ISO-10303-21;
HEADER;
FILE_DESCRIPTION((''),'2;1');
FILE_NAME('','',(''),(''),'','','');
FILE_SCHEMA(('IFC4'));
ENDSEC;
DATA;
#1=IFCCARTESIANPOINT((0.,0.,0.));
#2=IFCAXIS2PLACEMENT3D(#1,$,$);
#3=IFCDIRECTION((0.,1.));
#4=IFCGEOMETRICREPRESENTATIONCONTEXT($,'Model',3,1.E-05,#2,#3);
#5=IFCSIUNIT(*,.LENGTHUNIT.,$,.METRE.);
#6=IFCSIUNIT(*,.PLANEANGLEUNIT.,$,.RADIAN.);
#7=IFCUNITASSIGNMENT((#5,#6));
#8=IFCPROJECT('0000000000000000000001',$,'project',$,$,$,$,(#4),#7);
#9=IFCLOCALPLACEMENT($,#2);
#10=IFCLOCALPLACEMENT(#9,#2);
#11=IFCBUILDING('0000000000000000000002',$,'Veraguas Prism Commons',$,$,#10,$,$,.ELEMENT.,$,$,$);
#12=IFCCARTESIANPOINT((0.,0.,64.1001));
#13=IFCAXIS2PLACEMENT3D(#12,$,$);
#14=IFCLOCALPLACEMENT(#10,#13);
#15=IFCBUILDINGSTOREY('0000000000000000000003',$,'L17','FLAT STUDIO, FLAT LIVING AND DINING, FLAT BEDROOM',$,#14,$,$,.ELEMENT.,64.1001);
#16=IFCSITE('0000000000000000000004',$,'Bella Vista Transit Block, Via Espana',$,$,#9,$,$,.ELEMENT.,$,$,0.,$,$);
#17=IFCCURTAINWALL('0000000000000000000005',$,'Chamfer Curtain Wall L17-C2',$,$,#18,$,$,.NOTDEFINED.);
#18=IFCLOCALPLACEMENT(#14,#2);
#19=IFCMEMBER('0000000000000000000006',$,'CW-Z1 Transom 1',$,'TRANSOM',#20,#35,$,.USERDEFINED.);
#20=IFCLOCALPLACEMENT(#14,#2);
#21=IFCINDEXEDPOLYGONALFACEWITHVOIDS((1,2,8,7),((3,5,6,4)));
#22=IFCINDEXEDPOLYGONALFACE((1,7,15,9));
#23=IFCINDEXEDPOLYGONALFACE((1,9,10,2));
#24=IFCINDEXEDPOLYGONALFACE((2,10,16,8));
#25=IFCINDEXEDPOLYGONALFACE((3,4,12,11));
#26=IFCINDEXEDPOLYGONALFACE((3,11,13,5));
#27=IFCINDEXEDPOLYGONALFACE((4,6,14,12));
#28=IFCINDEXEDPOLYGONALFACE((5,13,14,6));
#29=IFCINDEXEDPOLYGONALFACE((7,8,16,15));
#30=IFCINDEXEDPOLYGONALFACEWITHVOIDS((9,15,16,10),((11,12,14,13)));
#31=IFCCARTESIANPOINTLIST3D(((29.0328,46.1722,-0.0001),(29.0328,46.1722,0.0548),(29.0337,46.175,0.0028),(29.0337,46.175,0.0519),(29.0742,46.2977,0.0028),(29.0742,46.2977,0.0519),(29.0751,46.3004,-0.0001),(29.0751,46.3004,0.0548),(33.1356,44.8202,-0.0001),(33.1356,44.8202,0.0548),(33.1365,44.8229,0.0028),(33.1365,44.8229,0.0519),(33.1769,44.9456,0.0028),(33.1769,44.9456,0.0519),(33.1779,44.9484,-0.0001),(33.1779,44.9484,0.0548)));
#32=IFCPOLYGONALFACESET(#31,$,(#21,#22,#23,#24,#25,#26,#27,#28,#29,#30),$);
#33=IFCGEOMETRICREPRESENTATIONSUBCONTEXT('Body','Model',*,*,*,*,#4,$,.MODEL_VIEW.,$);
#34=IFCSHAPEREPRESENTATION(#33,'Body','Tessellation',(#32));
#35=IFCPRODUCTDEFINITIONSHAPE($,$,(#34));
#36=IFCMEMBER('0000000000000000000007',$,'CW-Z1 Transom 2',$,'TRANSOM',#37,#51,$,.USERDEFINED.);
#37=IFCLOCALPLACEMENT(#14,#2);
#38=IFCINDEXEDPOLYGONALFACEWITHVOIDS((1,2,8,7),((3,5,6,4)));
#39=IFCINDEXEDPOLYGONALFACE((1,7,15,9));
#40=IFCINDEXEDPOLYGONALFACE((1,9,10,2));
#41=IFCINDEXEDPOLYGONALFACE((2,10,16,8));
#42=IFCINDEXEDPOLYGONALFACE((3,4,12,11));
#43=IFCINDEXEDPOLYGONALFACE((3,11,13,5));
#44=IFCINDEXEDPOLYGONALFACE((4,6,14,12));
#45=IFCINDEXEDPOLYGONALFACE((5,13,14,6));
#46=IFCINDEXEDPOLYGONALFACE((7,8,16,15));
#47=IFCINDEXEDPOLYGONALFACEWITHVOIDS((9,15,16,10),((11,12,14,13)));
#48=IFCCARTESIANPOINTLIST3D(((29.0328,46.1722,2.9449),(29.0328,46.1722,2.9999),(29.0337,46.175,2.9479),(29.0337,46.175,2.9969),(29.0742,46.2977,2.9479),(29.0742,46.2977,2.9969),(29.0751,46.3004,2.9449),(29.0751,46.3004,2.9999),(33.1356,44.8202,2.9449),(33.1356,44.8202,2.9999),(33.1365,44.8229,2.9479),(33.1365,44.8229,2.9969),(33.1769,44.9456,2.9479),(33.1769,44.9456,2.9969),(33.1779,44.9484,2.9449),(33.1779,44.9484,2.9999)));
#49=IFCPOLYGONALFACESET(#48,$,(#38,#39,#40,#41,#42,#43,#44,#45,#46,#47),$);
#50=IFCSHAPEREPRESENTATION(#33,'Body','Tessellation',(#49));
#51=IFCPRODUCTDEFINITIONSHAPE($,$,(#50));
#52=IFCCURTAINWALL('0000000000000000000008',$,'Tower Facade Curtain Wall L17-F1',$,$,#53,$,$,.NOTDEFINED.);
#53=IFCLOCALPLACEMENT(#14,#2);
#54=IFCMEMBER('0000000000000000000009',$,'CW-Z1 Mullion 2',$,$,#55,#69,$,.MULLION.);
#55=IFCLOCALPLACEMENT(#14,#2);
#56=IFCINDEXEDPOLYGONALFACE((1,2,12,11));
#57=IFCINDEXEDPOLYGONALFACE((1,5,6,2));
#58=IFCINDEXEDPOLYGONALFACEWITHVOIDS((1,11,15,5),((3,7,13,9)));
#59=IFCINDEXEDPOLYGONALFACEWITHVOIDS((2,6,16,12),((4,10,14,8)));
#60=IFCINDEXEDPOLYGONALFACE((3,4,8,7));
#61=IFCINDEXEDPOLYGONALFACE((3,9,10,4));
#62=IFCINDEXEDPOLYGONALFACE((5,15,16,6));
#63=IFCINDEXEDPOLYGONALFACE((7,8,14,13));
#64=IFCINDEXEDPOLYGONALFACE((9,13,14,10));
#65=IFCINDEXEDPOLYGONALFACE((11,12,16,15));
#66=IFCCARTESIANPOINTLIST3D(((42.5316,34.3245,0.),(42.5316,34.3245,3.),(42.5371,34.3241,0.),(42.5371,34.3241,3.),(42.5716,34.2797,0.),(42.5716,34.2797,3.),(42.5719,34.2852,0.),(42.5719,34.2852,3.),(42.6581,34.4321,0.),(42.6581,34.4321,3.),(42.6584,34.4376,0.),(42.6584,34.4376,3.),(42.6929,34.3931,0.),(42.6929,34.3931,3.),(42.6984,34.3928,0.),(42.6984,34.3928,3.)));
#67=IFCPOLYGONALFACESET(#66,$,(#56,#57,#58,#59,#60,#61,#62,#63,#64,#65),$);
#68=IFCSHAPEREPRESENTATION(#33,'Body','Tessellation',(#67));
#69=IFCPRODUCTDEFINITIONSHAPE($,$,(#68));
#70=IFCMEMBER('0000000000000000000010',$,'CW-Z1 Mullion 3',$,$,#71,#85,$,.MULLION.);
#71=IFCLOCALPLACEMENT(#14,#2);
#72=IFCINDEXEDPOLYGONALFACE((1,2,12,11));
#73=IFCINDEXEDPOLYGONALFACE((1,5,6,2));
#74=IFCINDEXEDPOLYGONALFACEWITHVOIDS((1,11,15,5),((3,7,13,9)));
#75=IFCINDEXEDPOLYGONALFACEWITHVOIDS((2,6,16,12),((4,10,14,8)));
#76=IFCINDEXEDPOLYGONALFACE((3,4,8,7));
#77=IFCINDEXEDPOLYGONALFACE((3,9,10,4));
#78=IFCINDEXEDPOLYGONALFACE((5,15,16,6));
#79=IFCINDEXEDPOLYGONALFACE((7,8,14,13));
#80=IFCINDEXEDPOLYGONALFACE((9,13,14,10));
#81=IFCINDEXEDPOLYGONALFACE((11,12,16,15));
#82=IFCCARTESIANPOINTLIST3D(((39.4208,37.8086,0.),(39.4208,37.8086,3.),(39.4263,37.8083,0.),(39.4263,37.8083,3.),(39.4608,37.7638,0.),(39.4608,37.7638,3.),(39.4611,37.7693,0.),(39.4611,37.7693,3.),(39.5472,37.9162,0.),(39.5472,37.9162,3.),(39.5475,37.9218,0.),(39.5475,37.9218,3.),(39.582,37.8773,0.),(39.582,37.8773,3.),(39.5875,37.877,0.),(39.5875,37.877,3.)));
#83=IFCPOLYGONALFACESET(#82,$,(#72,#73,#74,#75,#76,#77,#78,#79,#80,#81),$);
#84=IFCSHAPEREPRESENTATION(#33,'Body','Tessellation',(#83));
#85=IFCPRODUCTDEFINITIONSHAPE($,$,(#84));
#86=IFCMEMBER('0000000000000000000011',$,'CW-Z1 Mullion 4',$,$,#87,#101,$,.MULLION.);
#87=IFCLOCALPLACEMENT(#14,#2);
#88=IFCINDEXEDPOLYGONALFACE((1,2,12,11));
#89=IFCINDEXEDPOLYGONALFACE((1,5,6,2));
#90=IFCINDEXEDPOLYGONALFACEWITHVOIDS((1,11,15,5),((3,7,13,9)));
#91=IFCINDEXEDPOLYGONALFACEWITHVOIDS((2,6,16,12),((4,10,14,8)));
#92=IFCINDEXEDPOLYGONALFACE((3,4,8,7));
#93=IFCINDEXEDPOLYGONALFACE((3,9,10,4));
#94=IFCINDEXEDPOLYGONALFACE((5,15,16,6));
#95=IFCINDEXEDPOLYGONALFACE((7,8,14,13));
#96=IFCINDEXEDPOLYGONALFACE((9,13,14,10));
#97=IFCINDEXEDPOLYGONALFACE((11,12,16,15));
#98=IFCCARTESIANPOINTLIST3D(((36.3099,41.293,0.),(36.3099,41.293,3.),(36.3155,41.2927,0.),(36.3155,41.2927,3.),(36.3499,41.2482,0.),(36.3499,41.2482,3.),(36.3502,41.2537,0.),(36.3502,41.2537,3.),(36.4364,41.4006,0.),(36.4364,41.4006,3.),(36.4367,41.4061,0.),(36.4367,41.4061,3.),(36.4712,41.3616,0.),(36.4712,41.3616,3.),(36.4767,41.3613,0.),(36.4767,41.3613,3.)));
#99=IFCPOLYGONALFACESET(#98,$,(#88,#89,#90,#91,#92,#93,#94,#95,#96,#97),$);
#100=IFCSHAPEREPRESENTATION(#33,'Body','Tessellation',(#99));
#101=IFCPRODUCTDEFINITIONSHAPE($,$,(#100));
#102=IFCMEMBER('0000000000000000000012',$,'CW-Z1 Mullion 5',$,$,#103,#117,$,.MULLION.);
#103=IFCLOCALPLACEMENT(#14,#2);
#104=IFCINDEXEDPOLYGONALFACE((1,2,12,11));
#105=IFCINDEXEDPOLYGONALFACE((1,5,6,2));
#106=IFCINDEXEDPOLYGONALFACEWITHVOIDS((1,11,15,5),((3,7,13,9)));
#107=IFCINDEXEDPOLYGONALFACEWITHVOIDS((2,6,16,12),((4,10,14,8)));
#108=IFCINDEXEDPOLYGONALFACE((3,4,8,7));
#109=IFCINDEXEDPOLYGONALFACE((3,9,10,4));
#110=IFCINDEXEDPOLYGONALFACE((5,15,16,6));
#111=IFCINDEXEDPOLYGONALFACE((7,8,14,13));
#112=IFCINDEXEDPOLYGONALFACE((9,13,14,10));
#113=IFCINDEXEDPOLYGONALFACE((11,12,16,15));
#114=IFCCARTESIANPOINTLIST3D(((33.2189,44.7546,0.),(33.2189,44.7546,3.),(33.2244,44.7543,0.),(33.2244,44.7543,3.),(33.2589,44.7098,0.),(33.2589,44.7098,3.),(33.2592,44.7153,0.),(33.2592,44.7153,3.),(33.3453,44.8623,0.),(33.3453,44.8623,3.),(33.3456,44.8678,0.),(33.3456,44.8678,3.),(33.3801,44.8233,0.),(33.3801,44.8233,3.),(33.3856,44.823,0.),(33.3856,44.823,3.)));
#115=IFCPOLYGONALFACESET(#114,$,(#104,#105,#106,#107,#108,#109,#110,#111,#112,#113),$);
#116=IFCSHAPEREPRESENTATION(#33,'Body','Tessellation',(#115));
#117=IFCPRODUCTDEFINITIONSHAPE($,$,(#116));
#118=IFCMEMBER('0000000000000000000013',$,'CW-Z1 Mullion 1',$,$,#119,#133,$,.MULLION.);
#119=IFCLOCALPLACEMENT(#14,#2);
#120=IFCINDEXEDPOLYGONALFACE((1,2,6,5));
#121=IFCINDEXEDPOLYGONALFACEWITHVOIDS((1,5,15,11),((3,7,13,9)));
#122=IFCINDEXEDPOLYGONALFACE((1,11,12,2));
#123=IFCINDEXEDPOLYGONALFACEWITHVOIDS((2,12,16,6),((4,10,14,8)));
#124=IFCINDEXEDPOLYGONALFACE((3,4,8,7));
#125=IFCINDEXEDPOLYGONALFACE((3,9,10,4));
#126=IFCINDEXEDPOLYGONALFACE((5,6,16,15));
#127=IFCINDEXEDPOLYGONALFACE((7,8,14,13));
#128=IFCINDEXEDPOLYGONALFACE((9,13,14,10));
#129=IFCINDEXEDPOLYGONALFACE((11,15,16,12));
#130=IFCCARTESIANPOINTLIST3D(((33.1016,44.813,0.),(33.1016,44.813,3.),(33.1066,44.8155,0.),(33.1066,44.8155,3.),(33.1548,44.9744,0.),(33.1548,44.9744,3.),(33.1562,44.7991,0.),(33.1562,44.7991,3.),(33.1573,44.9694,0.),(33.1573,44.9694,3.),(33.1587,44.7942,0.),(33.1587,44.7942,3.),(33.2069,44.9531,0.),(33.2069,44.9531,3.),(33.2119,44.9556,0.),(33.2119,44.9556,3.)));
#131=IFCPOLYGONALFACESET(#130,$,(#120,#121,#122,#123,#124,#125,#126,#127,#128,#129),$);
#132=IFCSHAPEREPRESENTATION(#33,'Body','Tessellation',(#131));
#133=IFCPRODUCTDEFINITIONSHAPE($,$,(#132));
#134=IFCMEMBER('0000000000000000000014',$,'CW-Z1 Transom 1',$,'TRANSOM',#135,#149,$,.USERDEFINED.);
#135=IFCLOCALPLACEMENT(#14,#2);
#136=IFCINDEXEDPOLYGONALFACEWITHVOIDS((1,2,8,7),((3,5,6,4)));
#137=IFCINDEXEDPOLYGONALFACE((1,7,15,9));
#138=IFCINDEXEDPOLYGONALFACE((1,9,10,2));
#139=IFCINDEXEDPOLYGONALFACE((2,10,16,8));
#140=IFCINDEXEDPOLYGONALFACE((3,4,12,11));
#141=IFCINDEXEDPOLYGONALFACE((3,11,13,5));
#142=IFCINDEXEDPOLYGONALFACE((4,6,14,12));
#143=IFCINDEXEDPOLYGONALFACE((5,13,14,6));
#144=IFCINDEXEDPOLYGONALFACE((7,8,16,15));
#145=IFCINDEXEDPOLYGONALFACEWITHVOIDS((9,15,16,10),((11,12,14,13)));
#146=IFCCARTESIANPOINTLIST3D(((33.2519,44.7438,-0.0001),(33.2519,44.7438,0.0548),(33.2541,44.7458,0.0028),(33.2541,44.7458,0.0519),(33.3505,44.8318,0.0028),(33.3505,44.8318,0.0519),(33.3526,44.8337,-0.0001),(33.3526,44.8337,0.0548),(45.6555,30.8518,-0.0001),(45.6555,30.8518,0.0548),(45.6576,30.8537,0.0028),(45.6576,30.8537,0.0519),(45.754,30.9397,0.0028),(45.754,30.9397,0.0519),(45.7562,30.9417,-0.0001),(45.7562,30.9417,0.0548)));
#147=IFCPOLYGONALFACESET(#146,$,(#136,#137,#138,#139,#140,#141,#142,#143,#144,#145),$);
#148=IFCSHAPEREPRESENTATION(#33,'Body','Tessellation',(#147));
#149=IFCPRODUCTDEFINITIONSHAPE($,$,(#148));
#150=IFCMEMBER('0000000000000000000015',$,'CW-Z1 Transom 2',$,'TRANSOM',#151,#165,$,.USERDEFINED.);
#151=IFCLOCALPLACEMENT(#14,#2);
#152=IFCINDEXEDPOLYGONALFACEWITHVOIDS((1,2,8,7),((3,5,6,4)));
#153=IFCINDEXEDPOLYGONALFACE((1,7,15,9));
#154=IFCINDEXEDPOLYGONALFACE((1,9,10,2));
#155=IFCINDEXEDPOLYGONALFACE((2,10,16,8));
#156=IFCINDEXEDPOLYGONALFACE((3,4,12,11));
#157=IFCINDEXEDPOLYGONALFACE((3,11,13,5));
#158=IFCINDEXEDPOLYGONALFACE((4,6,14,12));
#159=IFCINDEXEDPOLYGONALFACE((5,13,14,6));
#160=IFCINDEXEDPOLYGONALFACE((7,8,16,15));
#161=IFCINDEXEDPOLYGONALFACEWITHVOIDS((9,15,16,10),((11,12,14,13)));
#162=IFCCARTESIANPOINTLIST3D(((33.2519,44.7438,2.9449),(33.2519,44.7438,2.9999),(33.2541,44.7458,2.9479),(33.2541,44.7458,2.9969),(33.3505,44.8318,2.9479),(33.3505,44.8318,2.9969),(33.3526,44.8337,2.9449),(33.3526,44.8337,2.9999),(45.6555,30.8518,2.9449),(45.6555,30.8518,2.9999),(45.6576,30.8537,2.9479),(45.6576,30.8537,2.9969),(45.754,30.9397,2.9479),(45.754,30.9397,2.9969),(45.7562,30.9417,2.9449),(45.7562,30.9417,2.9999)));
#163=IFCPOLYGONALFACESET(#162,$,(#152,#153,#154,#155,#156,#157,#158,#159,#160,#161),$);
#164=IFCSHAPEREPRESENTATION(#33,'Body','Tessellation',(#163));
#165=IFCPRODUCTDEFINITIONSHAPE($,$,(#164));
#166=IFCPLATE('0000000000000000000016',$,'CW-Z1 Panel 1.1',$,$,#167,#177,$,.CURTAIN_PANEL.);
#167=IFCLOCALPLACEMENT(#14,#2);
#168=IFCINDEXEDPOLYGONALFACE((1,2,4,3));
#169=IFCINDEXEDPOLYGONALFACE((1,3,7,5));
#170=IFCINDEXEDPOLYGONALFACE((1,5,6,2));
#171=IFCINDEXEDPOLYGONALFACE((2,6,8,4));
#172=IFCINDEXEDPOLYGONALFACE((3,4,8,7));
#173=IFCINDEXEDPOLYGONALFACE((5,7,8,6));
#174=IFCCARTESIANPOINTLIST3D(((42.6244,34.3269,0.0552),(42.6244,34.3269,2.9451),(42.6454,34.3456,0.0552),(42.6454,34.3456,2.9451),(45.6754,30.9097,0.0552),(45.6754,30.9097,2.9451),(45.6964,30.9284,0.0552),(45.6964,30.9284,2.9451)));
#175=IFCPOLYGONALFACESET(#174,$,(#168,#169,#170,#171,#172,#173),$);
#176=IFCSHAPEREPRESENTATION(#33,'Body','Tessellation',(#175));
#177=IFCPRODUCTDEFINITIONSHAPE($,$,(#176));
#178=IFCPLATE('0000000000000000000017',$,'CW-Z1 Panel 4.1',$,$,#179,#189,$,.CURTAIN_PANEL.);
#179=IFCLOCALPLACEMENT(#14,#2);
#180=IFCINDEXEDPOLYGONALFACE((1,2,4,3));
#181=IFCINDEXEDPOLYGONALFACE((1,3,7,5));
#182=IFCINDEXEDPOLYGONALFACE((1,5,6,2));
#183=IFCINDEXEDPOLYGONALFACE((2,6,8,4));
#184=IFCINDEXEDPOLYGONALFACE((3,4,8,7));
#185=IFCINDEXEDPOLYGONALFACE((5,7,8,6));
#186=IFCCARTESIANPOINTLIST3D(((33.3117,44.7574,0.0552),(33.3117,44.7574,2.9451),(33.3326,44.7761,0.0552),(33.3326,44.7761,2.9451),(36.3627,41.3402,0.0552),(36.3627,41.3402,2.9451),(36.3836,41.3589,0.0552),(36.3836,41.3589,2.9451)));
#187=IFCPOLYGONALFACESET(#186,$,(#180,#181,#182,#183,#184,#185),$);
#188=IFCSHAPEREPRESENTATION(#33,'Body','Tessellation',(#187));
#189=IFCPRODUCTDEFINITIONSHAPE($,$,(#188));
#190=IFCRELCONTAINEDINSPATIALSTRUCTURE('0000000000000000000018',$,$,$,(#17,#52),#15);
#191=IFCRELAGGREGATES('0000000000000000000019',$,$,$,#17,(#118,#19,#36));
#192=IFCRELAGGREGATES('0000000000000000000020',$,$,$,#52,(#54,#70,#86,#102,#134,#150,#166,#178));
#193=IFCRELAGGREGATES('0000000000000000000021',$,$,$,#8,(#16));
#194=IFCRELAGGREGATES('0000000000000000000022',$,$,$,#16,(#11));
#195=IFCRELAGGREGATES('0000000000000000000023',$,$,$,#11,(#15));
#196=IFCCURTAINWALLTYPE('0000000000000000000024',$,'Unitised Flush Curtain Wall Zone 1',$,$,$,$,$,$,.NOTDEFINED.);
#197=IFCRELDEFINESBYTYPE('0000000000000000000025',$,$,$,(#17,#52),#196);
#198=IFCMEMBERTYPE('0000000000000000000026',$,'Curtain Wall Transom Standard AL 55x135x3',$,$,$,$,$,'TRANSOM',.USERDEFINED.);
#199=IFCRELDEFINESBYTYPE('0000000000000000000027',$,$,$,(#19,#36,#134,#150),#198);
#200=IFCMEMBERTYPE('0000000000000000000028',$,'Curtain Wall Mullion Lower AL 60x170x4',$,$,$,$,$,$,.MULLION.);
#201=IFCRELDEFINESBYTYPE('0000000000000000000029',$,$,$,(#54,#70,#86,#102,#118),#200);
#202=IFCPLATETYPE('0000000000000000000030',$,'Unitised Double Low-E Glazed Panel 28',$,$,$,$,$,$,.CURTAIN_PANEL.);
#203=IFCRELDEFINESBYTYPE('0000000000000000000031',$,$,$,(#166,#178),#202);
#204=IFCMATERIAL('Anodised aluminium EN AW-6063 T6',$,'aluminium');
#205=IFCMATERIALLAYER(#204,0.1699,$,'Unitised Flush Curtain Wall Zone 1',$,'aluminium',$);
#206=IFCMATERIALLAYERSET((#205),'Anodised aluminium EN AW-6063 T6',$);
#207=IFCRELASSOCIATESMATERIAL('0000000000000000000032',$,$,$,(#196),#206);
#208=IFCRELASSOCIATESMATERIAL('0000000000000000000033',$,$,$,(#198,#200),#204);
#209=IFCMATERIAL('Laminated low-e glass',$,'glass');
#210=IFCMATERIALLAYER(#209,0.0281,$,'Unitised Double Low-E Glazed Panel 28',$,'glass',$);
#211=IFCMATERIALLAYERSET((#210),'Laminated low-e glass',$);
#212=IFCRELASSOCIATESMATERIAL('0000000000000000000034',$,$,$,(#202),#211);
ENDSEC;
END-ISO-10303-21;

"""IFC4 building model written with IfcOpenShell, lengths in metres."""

from ifc_helpers import new_model, si_unit, direction, frame, origin, origin_2d, place, context, subcontext, project, spatial, rectangle, hollow_rectangle, extrude, source, transform, mapped, material, layer, layer_set, material_profile, profile_set, type_object, element, aggregate, save


model = new_model("IFC4")

# Units and contexts
model_context = context("Model", 3, precision=1e-05, world=origin(), true_north=direction((0.0, 1.0)))
body_context = subcontext(model_context, "Body", "Model", "MODEL_VIEW")
ifc_project = project(units=[si_unit("LENGTHUNIT", "METRE"), si_unit("PLANEANGLEUNIT", "RADIAN")], contexts=[model_context])

# Site, building, storey
site_placement = place(None, origin())
site = spatial("IfcSite", under=ifc_project, at=site_placement, Name="Bella Vista Transit Block, Via Espana", CompositionType="ELEMENT", RefElevation=0.0)
building_placement = place(site_placement, origin())
building = spatial("IfcBuilding", under=site, at=building_placement, Name="Veraguas Prism Commons", CompositionType="ELEMENT")
storey_placement = place(building_placement, frame((0.0, 0.0, 64.1001)))
storey = spatial("IfcBuildingStorey", under=building, at=storey_placement, Name="L17", Description="FLAT STUDIO, FLAT LIVING AND DINING, FLAT BEDROOM", CompositionType="ELEMENT", Elevation=64.1001)

# Curtain walls, members
ifc_material_1 = material(Name="Anodised aluminium EN AW-6063 T6", Category="aluminium")
ifc_layer_1 = layer(ifc_material_1, 0.1699, Name="Unitised Flush Curtain Wall Zone 1", Category="aluminium")
ifc_layer_set_1 = layer_set([ifc_layer_1], Name="Anodised aluminium EN AW-6063 T6")
curtain_wall_type = type_object("IfcCurtainWallType", Name="Unitised Flush Curtain Wall Zone 1", PredefinedType="NOTDEFINED", material=ifc_layer_set_1)
curtain_wall_1_placement = place(storey_placement, origin())
curtain_wall_1 = element("IfcCurtainWall", 1, at=curtain_wall_1_placement, inside=storey, type_object=curtain_wall_type, Name="Chamfer Curtain Wall L17-C2", PredefinedType="NOTDEFINED")
ifc_material_profile_1 = material_profile(ifc_material_1, hollow_rectangle(XDim=0.0549, YDim=0.135, WallThickness=0.0029, at=origin_2d()), Name="AL55X135X3")
ifc_profile_set_1 = profile_set([ifc_material_profile_1], Name="Anodised aluminium EN AW-6063 T6")
member_type_1 = type_object("IfcMemberType", Name="Curtain Wall Transom Standard AL 55x135x3", ElementType="TRANSOM", PredefinedType="USERDEFINED", material=ifc_profile_set_1)
shared_shape_1 = source(origin(), body_context, "Body", "SweptSolid", [
    extrude(hollow_rectangle(XDim=0.0549, YDim=0.135, WallThickness=0.0029, at=origin_2d()), origin(), (0.0, 0.0, 1.0), 4.3198),
])
member_1_placement = place(storey_placement, frame((33.1567, 44.8843, 0.0273), z_axis=(-0.949757, 0.312988, 0.0), x_axis=(0.0, 0.0, 1.0)))
member_1 = element("IfcMember", 2, at=member_1_placement, type_object=member_type_1, Name="CW-Z1 Transom 1", ObjectType="TRANSOM", PredefinedType="USERDEFINED", context=body_context, shape_type="MappedRepresentation", body=[
    mapped(shared_shape_1, transform((0.0, 0.0, 0.0), scale=1.0)),
])
member_2_placement = place(storey_placement, frame((33.1567, 44.8843, 2.9724), z_axis=(-0.949757, 0.312988, 0.0), x_axis=(0.0, 0.0, 1.0)))
member_2 = element("IfcMember", 3, at=member_2_placement, type_object=member_type_1, Name="CW-Z1 Transom 2", ObjectType="TRANSOM", PredefinedType="USERDEFINED", context=body_context, shape_type="MappedRepresentation", body=[
    mapped(shared_shape_1, transform((0.0, 0.0, 0.0), scale=1.0)),
])
curtain_wall_2_placement = place(storey_placement, origin())
curtain_wall_2 = element("IfcCurtainWall", 4, at=curtain_wall_2_placement, inside=storey, type_object=curtain_wall_type, Name="Tower Facade Curtain Wall L17-F1", PredefinedType="NOTDEFINED")
ifc_material_profile_2 = material_profile(ifc_material_1, hollow_rectangle(XDim=0.0601, YDim=0.1699, WallThickness=0.0039, at=origin_2d()), Name="AL60X170X4")
ifc_profile_set_2 = profile_set([ifc_material_profile_2], Name="Anodised aluminium EN AW-6063 T6")
member_type_2 = type_object("IfcMemberType", Name="Curtain Wall Mullion Lower AL 60x170x4", PredefinedType="MULLION", material=ifc_profile_set_2)
shared_shape_2 = source(origin(), body_context, "Body", "SweptSolid", [
    extrude(hollow_rectangle(XDim=0.0601, YDim=0.1699, WallThickness=0.0039, at=origin_2d()), origin(), (0.0, 0.0, 1.0), 3.0),
])
member_3_placement = place(storey_placement, frame((42.615, 34.3586, 0.0), z_axis=(0.0, 0.0, 1.0), x_axis=(-0.666012, 0.745941, 0.0)))
member_3 = element("IfcMember", 5, at=member_3_placement, type_object=member_type_2, Name="CW-Z1 Mullion 2", PredefinedType="MULLION", context=body_context, shape_type="MappedRepresentation", body=[
    mapped(shared_shape_2, transform((0.0, 0.0, 0.0), scale=1.0)),
])
member_4_placement = place(storey_placement, frame((39.5042, 37.8428, 0.0), z_axis=(0.0, 0.0, 1.0), x_axis=(-0.666012, 0.745941, 0.0)))
member_4 = element("IfcMember", 6, at=member_4_placement, type_object=member_type_2, Name="CW-Z1 Mullion 3", PredefinedType="MULLION", context=body_context, shape_type="MappedRepresentation", body=[
    mapped(shared_shape_2, transform((0.0, 0.0, 0.0), scale=1.0)),
])
member_5_placement = place(storey_placement, frame((36.3933, 41.3271, 0.0), z_axis=(0.0, 0.0, 1.0), x_axis=(-0.666012, 0.745941, 0.0)))
member_5 = element("IfcMember", 7, at=member_5_placement, type_object=member_type_2, Name="CW-Z1 Mullion 4", PredefinedType="MULLION", context=body_context, shape_type="MappedRepresentation", body=[
    mapped(shared_shape_2, transform((0.0, 0.0, 0.0), scale=1.0)),
])
member_6_placement = place(storey_placement, frame((33.3022, 44.7888, 0.0), z_axis=(0.0, 0.0, 1.0), x_axis=(-0.666012, 0.745941, 0.0)))
member_6 = element("IfcMember", 8, at=member_6_placement, type_object=member_type_2, Name="CW-Z1 Mullion 5", PredefinedType="MULLION", context=body_context, shape_type="MappedRepresentation", body=[
    mapped(shared_shape_2, transform((0.0, 0.0, 0.0), scale=1.0)),
])

# Members
member_7_placement = place(storey_placement, frame((33.1567, 44.8843, 0.0), z_axis=(0.0, 0.0, 1.0), x_axis=(-0.949755, 0.312993, 0.0)))
member_7 = element("IfcMember", 9, at=member_7_placement, type_object=member_type_2, Name="CW-Z1 Mullion 1", PredefinedType="MULLION", context=body_context, shape_type="MappedRepresentation", body=[
    mapped(shared_shape_2, transform((0.0, 0.0, 0.0), scale=1.0)),
])
aggregate(curtain_wall_1, [member_7, member_1, member_2])
shared_shape_3 = source(origin(), body_context, "Body", "SweptSolid", [
    extrude(hollow_rectangle(XDim=0.0549, YDim=0.135, WallThickness=0.0029, at=origin_2d()), origin(), (0.0, 0.0, 1.0), 18.6235),
])
member_8_placement = place(storey_placement, frame((45.7058, 30.8967, 0.0273), z_axis=(-0.666013, 0.74594, 0.0), x_axis=(0.0, 0.0, 1.0)))
member_8 = element("IfcMember", 10, at=member_8_placement, type_object=member_type_1, Name="CW-Z1 Transom 1", ObjectType="TRANSOM", PredefinedType="USERDEFINED", context=body_context, shape_type="MappedRepresentation", body=[
    mapped(shared_shape_3, transform((0.0, 0.0, 0.0), scale=1.0)),
])
member_9_placement = place(storey_placement, frame((45.7058, 30.8967, 2.9724), z_axis=(-0.666013, 0.74594, 0.0), x_axis=(0.0, 0.0, 1.0)))
member_9 = element("IfcMember", 11, at=member_9_placement, type_object=member_type_1, Name="CW-Z1 Transom 2", ObjectType="TRANSOM", PredefinedType="USERDEFINED", context=body_context, shape_type="MappedRepresentation", body=[
    mapped(shared_shape_3, transform((0.0, 0.0, 0.0), scale=1.0)),
])

# Plates
ifc_material_2 = material(Name="Laminated low-e glass", Category="glass")
ifc_layer_2 = layer(ifc_material_2, 0.0281, Name="Unitised Double Low-E Glazed Panel 28", Category="glass")
ifc_layer_set_2 = layer_set([ifc_layer_2], Name="Laminated low-e glass")
plate_type = type_object("IfcPlateType", Name="Unitised Double Low-E Glazed Panel 28", PredefinedType="CURTAIN_PANEL", material=ifc_layer_set_2)
shared_shape_4 = source(origin(), body_context, "Body", "SweptSolid", [
    extrude(rectangle(XDim=4.5811, YDim=0.0281, at=origin_2d()), origin(), (0.0, 0.0, 1.0), 2.8899),
])
plate_1_placement = place(storey_placement, frame((44.1604, 32.6277, 0.0552), z_axis=(0.0, 0.0, 1.0), x_axis=(-0.666012, 0.745941, 0.0)))
plate_1 = element("IfcPlate", 12, at=plate_1_placement, type_object=plate_type, Name="CW-Z1 Panel 1.1", PredefinedType="CURTAIN_PANEL", context=body_context, shape_type="MappedRepresentation", body=[
    mapped(shared_shape_4, transform((0.0, 0.0, 0.0), scale=1.0)),
])
plate_2_placement = place(storey_placement, frame((34.8477, 43.0581, 0.0552), z_axis=(0.0, 0.0, 1.0), x_axis=(-0.666012, 0.745941, 0.0)))
plate_2 = element("IfcPlate", 13, at=plate_2_placement, type_object=plate_type, Name="CW-Z1 Panel 4.1", PredefinedType="CURTAIN_PANEL", context=body_context, shape_type="MappedRepresentation", body=[
    mapped(shared_shape_4, transform((0.0, 0.0, 0.0), scale=1.0)),
])
aggregate(curtain_wall_2, [member_3, member_4, member_5, member_6, member_8, member_9, plate_1, plate_2])

save(model, "model.ifc")
